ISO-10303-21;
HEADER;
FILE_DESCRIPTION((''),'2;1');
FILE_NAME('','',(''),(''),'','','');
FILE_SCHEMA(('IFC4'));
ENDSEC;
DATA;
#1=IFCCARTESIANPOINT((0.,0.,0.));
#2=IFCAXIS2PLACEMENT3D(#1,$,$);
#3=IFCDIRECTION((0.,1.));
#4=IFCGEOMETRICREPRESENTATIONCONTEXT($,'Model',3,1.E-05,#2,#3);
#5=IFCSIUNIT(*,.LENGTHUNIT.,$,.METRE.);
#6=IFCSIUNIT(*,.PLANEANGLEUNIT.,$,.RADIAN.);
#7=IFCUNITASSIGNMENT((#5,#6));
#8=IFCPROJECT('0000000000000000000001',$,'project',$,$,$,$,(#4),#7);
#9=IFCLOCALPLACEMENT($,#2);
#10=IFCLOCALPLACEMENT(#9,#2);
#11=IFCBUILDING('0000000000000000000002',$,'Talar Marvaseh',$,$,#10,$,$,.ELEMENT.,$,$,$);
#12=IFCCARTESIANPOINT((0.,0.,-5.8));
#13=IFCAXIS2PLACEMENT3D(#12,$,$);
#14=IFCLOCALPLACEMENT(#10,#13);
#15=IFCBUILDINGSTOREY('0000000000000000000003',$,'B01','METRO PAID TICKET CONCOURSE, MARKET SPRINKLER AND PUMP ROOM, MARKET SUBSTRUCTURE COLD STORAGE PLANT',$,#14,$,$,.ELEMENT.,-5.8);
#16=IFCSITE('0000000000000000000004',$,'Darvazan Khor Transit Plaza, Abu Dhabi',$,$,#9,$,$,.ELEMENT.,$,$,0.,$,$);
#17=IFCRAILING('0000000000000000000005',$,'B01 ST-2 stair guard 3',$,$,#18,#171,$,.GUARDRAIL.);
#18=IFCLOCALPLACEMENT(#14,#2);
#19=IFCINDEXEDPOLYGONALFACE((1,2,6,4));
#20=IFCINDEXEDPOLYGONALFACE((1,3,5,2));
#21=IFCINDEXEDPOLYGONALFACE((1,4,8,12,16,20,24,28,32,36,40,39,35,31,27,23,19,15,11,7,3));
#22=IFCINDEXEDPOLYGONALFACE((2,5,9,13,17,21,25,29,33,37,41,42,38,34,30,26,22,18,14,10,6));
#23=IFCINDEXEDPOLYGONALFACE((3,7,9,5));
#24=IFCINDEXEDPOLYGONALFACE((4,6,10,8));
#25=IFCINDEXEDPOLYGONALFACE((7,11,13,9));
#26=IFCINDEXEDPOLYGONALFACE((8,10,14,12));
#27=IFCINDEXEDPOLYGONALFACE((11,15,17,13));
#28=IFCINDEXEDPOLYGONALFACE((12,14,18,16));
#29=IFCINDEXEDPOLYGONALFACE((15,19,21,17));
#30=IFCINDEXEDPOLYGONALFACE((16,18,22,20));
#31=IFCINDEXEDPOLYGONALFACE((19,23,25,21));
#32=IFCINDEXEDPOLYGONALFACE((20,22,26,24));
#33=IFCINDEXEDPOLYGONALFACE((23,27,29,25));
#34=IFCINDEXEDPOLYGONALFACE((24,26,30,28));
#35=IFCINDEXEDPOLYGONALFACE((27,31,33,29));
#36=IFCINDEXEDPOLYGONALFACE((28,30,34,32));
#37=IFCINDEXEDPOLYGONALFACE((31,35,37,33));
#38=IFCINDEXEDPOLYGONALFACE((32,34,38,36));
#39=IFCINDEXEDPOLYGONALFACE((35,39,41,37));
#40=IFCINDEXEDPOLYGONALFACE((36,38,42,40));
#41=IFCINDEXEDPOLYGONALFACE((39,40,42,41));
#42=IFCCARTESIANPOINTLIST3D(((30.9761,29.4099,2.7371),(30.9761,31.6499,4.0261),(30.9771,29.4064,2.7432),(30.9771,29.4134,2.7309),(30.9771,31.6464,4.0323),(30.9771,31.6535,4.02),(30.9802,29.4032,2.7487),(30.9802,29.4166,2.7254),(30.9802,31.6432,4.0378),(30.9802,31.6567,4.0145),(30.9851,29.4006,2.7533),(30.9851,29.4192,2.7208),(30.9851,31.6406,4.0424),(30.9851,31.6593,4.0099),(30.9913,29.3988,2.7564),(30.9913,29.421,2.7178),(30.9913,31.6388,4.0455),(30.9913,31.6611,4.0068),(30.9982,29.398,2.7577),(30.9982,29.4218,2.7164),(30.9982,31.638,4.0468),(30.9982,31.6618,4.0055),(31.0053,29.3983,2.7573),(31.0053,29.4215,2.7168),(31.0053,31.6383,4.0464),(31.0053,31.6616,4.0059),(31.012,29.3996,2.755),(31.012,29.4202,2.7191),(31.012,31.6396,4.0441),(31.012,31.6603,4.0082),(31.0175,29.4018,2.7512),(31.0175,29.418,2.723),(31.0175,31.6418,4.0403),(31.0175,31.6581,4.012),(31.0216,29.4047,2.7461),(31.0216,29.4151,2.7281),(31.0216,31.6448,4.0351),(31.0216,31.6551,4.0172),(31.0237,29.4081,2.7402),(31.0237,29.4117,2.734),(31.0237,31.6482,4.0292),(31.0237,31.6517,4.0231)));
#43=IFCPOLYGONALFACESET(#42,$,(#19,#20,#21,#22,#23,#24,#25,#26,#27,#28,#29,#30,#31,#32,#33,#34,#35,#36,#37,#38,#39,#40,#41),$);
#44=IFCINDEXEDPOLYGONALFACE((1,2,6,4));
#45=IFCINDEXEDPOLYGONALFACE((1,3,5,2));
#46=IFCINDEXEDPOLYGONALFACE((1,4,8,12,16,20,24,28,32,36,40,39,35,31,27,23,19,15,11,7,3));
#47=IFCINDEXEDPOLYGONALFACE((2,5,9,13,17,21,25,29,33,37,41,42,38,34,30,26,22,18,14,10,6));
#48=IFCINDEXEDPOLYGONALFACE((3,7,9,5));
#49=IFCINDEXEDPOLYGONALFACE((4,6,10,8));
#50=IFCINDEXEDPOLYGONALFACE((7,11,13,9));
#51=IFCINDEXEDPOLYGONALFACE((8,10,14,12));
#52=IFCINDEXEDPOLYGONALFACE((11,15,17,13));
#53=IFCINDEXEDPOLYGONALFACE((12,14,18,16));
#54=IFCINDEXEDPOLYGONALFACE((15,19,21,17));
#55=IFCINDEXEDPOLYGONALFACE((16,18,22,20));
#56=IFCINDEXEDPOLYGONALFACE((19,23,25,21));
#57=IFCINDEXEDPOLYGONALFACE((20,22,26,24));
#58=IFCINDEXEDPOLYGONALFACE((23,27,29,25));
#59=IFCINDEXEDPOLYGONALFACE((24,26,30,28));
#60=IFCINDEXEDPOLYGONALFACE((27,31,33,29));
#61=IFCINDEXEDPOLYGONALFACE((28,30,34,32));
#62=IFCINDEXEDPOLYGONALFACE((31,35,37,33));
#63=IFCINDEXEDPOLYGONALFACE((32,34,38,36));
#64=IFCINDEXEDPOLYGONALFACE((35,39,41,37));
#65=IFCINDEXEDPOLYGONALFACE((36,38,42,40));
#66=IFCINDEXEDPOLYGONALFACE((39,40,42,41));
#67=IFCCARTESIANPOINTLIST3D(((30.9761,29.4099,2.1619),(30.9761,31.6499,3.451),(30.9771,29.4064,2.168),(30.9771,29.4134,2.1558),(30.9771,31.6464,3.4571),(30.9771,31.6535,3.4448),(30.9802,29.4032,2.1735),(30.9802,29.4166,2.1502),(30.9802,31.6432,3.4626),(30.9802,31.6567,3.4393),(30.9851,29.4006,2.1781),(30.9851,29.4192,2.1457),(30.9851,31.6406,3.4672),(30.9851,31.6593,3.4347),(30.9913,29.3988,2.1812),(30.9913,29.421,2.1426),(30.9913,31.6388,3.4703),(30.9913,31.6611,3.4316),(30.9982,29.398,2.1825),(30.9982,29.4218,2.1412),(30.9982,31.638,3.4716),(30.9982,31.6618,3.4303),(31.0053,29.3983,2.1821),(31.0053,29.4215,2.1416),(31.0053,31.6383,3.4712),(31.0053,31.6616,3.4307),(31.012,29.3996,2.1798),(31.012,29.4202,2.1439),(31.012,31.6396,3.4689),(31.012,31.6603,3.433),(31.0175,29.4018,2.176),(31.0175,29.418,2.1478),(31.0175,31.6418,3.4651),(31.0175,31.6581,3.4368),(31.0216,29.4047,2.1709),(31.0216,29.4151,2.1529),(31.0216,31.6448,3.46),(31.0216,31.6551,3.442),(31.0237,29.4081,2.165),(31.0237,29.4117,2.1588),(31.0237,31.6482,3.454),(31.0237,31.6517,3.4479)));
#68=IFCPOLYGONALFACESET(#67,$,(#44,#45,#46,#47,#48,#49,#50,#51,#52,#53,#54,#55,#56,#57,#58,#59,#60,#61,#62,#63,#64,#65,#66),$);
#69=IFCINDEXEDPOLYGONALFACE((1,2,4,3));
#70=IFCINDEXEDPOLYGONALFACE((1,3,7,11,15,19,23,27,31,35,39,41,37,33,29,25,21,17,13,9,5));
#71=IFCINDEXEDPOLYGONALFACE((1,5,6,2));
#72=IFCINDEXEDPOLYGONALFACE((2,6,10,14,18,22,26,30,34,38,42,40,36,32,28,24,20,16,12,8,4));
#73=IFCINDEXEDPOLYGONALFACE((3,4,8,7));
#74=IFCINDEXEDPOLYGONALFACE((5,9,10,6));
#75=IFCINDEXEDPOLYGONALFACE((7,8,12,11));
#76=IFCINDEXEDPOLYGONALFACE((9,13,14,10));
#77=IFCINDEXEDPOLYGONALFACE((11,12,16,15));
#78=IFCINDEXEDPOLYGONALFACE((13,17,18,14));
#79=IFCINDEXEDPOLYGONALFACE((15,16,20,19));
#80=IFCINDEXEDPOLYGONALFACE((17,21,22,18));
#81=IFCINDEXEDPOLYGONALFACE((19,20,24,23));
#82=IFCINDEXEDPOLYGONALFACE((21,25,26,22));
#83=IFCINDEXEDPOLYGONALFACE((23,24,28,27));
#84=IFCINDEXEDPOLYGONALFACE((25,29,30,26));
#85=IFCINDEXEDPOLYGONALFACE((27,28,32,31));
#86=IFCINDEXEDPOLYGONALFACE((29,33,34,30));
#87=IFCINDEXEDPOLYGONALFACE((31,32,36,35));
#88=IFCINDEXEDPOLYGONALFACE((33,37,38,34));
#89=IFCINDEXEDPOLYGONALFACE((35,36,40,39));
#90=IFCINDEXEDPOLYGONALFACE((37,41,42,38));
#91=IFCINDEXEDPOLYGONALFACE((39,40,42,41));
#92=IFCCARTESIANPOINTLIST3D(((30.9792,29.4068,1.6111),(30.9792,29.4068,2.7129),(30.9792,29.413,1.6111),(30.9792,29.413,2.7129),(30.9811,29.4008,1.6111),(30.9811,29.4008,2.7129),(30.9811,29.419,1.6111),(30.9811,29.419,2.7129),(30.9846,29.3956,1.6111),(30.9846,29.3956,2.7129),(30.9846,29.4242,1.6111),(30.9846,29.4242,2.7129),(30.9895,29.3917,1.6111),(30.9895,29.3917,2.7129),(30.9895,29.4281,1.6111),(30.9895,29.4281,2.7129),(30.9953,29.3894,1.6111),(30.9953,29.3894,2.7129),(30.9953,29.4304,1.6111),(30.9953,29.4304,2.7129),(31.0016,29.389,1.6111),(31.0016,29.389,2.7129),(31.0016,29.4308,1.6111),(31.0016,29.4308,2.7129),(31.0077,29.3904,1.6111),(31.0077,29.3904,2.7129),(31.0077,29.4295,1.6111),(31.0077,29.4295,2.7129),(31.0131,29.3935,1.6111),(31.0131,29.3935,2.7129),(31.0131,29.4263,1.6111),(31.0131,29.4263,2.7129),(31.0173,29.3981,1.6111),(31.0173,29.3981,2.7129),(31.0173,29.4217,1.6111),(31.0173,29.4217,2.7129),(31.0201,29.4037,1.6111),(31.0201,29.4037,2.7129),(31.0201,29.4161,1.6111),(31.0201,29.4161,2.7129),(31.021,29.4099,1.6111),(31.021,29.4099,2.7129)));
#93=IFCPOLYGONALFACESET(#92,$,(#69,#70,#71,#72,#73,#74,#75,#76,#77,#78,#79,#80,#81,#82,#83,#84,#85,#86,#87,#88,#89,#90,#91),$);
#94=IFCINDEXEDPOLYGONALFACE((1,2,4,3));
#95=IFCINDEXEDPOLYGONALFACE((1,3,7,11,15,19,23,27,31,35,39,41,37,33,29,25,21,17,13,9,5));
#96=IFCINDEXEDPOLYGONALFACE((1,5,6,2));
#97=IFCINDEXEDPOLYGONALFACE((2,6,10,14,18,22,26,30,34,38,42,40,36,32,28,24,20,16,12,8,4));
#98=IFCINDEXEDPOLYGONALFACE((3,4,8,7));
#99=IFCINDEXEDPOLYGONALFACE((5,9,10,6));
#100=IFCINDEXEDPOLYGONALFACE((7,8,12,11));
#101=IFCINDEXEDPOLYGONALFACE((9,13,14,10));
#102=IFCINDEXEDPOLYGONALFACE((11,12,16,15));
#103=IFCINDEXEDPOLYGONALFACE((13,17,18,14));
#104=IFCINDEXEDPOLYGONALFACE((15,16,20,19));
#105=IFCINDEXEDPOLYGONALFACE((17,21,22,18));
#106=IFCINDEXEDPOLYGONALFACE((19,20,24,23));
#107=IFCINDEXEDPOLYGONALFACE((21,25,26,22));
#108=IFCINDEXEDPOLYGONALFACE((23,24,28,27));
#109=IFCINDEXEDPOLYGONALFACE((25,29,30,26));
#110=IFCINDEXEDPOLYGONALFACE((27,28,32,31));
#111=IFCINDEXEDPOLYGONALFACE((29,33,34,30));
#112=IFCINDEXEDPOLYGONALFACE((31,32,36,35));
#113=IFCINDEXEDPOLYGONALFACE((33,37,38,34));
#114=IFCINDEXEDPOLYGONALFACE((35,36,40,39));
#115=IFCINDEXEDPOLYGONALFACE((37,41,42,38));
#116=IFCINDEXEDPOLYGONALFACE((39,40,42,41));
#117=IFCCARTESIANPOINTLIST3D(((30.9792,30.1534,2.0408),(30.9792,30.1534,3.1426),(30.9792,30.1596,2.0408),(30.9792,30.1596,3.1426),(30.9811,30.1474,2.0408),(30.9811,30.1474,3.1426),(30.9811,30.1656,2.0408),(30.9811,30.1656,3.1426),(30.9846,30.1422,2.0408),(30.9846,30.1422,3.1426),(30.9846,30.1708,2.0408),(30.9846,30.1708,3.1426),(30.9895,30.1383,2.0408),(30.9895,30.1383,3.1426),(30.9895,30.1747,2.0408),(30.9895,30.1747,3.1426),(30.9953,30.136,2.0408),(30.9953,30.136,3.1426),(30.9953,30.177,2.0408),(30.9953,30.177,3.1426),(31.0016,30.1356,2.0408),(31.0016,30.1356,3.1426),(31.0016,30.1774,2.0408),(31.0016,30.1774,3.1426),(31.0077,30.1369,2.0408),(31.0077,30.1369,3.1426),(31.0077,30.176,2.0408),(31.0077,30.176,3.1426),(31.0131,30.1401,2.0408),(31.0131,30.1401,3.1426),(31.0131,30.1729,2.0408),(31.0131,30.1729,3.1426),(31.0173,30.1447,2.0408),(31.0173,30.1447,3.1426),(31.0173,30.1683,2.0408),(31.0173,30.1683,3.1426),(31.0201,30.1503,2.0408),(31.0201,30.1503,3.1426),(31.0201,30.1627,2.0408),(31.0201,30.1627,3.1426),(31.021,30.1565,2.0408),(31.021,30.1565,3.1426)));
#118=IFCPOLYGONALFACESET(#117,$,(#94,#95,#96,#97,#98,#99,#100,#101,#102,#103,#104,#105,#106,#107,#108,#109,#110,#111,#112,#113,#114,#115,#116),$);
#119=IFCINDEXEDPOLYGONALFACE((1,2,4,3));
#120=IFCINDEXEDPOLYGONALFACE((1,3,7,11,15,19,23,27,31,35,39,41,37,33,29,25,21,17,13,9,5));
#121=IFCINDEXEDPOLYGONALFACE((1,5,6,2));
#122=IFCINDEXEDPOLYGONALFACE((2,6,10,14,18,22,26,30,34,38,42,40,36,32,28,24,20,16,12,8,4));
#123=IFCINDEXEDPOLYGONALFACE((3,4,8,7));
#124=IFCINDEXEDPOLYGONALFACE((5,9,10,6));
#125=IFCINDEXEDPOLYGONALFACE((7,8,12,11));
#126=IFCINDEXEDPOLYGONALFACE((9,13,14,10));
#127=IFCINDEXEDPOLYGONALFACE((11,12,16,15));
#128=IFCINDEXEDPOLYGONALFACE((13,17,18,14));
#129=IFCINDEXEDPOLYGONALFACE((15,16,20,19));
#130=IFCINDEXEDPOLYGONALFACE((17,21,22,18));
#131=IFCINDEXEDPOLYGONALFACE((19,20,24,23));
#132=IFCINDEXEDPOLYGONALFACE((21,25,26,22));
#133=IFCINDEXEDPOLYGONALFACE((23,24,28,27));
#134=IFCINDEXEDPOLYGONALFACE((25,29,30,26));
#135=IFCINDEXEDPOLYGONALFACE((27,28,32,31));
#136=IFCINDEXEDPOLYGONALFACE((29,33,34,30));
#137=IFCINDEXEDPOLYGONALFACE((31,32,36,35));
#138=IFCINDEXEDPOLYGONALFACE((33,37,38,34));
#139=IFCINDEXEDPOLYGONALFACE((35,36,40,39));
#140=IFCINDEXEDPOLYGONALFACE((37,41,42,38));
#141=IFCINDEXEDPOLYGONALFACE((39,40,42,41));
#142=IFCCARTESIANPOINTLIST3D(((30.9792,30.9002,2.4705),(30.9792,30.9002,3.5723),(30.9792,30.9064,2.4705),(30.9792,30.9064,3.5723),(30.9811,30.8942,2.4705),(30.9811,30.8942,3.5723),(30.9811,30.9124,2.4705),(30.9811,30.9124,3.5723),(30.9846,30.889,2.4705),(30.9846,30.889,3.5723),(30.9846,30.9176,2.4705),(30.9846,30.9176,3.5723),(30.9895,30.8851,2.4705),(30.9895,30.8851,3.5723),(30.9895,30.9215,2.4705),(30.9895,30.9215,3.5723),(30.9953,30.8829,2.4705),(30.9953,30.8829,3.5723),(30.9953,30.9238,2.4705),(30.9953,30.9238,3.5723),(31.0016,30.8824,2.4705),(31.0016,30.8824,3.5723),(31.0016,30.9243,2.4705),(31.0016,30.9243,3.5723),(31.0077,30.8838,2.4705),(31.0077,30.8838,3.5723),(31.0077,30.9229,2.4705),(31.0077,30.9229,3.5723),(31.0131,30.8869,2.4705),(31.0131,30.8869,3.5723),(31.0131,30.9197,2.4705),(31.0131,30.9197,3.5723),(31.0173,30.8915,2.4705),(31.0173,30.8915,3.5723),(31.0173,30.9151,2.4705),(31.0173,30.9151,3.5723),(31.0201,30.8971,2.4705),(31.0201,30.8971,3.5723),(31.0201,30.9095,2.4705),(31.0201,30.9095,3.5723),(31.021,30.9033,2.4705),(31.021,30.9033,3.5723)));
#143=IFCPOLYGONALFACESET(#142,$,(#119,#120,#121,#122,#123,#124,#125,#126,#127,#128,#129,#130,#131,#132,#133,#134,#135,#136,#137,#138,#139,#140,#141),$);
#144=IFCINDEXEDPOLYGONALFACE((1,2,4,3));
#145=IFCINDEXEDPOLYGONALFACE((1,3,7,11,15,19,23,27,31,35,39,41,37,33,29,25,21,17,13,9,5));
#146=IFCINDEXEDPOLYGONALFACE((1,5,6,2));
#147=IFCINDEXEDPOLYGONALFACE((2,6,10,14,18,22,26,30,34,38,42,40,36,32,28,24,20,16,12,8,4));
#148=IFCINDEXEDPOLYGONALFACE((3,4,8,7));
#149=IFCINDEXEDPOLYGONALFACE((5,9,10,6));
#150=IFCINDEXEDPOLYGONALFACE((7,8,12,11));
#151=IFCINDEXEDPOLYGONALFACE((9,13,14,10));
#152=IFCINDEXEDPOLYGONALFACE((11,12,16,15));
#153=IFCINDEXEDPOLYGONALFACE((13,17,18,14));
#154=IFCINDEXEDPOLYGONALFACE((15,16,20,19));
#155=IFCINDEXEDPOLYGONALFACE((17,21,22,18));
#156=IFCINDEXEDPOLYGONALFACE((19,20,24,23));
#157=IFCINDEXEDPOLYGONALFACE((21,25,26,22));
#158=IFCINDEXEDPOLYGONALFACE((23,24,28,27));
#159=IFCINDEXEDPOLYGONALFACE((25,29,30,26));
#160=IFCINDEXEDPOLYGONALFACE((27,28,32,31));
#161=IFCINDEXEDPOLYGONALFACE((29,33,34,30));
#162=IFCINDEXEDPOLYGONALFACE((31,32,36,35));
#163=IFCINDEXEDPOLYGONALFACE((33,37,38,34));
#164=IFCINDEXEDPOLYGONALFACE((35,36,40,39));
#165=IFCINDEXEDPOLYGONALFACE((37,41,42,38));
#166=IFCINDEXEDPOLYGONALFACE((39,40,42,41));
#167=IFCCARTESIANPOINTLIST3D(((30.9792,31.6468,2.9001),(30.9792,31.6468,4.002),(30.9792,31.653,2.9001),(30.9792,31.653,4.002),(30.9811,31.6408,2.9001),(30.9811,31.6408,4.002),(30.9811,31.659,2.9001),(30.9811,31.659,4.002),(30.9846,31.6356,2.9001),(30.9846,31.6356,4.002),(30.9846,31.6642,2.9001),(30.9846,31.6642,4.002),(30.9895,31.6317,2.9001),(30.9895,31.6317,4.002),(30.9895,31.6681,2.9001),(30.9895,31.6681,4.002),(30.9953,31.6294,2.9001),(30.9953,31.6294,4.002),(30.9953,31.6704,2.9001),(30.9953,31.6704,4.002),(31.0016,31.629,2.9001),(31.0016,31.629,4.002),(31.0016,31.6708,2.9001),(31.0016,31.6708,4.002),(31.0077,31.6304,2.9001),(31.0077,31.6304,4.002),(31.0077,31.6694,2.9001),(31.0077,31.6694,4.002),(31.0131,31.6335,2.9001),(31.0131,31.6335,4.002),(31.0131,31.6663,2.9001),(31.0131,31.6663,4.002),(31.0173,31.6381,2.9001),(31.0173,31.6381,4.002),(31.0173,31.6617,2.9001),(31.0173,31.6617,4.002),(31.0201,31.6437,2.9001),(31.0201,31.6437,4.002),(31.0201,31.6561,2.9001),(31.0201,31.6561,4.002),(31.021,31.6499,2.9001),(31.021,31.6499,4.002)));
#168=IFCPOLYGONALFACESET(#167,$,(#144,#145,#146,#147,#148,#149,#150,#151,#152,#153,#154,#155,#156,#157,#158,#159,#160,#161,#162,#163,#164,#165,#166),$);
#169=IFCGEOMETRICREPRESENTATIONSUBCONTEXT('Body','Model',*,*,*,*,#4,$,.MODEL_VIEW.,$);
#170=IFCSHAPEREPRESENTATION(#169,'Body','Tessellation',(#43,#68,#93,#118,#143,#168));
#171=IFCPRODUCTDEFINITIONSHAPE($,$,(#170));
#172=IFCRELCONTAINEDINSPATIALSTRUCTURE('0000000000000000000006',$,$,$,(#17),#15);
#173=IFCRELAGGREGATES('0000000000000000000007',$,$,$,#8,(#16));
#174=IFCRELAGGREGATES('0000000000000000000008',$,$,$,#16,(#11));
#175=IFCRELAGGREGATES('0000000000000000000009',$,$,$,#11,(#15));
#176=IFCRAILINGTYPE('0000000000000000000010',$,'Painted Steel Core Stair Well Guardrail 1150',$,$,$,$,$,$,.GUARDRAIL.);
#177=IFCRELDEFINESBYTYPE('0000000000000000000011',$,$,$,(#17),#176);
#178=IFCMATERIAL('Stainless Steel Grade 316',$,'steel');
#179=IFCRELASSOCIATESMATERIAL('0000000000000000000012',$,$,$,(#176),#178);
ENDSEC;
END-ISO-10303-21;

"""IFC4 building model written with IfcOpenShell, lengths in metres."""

from ifc_helpers import new_model, si_unit, direction, frame, origin, origin_2d, place, context, subcontext, project, spatial, circle, extrude, material, type_object, element, save


model = new_model("IFC4")

# Units and contexts
model_context = context("Model", 3, precision=1e-05, world=origin(), true_north=direction((0.0, 1.0)))
body_context = subcontext(model_context, "Body", "Model", "MODEL_VIEW")
ifc_project = project(units=[si_unit("LENGTHUNIT", "METRE"), si_unit("PLANEANGLEUNIT", "RADIAN")], contexts=[model_context])

# Site, building, storey
site_placement = place(None, origin())
site = spatial("IfcSite", under=ifc_project, at=site_placement, Name="Darvazan Khor Transit Plaza, Abu Dhabi", CompositionType="ELEMENT", RefElevation=0.0)
building_placement = place(site_placement, origin())
building = spatial("IfcBuilding", under=site, at=building_placement, Name="Talar Marvaseh", CompositionType="ELEMENT")
storey_placement = place(building_placement, frame((0.0, 0.0, -5.8)))
storey = spatial("IfcBuildingStorey", under=building, at=storey_placement, Name="B01", Description="METRO PAID TICKET CONCOURSE, MARKET SPRINKLER AND PUMP ROOM, MARKET SUBSTRUCTURE COLD STORAGE PLANT", CompositionType="ELEMENT", Elevation=-5.8)

# Railing
ifc_material_1 = material(Name="Stainless Steel Grade 316", Category="steel")
railing_type_1 = type_object("IfcRailingType", Name="Painted Steel Core Stair Well Guardrail 1150", PredefinedType="GUARDRAIL", material=ifc_material_1)
railing_1_placement = place(storey_placement, frame((31.0, 29.4099, 1.6111)))
element("IfcRailing", 1, at=railing_1_placement, inside=storey, type_object=railing_type_1, Name="B01 ST-2 stair guard 3", PredefinedType="GUARDRAIL", context=body_context, shape_type="SweptSolid", body=[
    extrude(circle(Radius=0.0239, at=origin_2d()), frame((0.0, 0.0, 1.126), z_axis=(0.0, 0.866728, 0.498782), x_axis=(-1.0, 0.0, 0.0)), (0.0, 0.0, 1.0), 2.5845),
    extrude(circle(Radius=0.0239, at=origin_2d()), frame((0.0, 0.0, 0.5508), z_axis=(0.0, 0.866728, 0.498782), x_axis=(-1.0, 0.0, 0.0)), (0.0, 0.0, 1.0), 2.5845),
    extrude(circle(Radius=0.021, at=origin_2d()), origin(), (0.0, 0.0, 1.0), 1.1018),
    extrude(circle(Radius=0.021, at=origin_2d()), frame((0.0, 0.7466, 0.4297)), (0.0, 0.0, 1.0), 1.1018),
    extrude(circle(Radius=0.021, at=origin_2d()), frame((0.0, 1.4934, 0.8594)), (0.0, 0.0, 1.0), 1.1018),
    extrude(circle(Radius=0.021, at=origin_2d()), frame((0.0, 2.24, 1.2891)), (0.0, 0.0, 1.0), 1.1018),
])

save(model, "model.ifc")
